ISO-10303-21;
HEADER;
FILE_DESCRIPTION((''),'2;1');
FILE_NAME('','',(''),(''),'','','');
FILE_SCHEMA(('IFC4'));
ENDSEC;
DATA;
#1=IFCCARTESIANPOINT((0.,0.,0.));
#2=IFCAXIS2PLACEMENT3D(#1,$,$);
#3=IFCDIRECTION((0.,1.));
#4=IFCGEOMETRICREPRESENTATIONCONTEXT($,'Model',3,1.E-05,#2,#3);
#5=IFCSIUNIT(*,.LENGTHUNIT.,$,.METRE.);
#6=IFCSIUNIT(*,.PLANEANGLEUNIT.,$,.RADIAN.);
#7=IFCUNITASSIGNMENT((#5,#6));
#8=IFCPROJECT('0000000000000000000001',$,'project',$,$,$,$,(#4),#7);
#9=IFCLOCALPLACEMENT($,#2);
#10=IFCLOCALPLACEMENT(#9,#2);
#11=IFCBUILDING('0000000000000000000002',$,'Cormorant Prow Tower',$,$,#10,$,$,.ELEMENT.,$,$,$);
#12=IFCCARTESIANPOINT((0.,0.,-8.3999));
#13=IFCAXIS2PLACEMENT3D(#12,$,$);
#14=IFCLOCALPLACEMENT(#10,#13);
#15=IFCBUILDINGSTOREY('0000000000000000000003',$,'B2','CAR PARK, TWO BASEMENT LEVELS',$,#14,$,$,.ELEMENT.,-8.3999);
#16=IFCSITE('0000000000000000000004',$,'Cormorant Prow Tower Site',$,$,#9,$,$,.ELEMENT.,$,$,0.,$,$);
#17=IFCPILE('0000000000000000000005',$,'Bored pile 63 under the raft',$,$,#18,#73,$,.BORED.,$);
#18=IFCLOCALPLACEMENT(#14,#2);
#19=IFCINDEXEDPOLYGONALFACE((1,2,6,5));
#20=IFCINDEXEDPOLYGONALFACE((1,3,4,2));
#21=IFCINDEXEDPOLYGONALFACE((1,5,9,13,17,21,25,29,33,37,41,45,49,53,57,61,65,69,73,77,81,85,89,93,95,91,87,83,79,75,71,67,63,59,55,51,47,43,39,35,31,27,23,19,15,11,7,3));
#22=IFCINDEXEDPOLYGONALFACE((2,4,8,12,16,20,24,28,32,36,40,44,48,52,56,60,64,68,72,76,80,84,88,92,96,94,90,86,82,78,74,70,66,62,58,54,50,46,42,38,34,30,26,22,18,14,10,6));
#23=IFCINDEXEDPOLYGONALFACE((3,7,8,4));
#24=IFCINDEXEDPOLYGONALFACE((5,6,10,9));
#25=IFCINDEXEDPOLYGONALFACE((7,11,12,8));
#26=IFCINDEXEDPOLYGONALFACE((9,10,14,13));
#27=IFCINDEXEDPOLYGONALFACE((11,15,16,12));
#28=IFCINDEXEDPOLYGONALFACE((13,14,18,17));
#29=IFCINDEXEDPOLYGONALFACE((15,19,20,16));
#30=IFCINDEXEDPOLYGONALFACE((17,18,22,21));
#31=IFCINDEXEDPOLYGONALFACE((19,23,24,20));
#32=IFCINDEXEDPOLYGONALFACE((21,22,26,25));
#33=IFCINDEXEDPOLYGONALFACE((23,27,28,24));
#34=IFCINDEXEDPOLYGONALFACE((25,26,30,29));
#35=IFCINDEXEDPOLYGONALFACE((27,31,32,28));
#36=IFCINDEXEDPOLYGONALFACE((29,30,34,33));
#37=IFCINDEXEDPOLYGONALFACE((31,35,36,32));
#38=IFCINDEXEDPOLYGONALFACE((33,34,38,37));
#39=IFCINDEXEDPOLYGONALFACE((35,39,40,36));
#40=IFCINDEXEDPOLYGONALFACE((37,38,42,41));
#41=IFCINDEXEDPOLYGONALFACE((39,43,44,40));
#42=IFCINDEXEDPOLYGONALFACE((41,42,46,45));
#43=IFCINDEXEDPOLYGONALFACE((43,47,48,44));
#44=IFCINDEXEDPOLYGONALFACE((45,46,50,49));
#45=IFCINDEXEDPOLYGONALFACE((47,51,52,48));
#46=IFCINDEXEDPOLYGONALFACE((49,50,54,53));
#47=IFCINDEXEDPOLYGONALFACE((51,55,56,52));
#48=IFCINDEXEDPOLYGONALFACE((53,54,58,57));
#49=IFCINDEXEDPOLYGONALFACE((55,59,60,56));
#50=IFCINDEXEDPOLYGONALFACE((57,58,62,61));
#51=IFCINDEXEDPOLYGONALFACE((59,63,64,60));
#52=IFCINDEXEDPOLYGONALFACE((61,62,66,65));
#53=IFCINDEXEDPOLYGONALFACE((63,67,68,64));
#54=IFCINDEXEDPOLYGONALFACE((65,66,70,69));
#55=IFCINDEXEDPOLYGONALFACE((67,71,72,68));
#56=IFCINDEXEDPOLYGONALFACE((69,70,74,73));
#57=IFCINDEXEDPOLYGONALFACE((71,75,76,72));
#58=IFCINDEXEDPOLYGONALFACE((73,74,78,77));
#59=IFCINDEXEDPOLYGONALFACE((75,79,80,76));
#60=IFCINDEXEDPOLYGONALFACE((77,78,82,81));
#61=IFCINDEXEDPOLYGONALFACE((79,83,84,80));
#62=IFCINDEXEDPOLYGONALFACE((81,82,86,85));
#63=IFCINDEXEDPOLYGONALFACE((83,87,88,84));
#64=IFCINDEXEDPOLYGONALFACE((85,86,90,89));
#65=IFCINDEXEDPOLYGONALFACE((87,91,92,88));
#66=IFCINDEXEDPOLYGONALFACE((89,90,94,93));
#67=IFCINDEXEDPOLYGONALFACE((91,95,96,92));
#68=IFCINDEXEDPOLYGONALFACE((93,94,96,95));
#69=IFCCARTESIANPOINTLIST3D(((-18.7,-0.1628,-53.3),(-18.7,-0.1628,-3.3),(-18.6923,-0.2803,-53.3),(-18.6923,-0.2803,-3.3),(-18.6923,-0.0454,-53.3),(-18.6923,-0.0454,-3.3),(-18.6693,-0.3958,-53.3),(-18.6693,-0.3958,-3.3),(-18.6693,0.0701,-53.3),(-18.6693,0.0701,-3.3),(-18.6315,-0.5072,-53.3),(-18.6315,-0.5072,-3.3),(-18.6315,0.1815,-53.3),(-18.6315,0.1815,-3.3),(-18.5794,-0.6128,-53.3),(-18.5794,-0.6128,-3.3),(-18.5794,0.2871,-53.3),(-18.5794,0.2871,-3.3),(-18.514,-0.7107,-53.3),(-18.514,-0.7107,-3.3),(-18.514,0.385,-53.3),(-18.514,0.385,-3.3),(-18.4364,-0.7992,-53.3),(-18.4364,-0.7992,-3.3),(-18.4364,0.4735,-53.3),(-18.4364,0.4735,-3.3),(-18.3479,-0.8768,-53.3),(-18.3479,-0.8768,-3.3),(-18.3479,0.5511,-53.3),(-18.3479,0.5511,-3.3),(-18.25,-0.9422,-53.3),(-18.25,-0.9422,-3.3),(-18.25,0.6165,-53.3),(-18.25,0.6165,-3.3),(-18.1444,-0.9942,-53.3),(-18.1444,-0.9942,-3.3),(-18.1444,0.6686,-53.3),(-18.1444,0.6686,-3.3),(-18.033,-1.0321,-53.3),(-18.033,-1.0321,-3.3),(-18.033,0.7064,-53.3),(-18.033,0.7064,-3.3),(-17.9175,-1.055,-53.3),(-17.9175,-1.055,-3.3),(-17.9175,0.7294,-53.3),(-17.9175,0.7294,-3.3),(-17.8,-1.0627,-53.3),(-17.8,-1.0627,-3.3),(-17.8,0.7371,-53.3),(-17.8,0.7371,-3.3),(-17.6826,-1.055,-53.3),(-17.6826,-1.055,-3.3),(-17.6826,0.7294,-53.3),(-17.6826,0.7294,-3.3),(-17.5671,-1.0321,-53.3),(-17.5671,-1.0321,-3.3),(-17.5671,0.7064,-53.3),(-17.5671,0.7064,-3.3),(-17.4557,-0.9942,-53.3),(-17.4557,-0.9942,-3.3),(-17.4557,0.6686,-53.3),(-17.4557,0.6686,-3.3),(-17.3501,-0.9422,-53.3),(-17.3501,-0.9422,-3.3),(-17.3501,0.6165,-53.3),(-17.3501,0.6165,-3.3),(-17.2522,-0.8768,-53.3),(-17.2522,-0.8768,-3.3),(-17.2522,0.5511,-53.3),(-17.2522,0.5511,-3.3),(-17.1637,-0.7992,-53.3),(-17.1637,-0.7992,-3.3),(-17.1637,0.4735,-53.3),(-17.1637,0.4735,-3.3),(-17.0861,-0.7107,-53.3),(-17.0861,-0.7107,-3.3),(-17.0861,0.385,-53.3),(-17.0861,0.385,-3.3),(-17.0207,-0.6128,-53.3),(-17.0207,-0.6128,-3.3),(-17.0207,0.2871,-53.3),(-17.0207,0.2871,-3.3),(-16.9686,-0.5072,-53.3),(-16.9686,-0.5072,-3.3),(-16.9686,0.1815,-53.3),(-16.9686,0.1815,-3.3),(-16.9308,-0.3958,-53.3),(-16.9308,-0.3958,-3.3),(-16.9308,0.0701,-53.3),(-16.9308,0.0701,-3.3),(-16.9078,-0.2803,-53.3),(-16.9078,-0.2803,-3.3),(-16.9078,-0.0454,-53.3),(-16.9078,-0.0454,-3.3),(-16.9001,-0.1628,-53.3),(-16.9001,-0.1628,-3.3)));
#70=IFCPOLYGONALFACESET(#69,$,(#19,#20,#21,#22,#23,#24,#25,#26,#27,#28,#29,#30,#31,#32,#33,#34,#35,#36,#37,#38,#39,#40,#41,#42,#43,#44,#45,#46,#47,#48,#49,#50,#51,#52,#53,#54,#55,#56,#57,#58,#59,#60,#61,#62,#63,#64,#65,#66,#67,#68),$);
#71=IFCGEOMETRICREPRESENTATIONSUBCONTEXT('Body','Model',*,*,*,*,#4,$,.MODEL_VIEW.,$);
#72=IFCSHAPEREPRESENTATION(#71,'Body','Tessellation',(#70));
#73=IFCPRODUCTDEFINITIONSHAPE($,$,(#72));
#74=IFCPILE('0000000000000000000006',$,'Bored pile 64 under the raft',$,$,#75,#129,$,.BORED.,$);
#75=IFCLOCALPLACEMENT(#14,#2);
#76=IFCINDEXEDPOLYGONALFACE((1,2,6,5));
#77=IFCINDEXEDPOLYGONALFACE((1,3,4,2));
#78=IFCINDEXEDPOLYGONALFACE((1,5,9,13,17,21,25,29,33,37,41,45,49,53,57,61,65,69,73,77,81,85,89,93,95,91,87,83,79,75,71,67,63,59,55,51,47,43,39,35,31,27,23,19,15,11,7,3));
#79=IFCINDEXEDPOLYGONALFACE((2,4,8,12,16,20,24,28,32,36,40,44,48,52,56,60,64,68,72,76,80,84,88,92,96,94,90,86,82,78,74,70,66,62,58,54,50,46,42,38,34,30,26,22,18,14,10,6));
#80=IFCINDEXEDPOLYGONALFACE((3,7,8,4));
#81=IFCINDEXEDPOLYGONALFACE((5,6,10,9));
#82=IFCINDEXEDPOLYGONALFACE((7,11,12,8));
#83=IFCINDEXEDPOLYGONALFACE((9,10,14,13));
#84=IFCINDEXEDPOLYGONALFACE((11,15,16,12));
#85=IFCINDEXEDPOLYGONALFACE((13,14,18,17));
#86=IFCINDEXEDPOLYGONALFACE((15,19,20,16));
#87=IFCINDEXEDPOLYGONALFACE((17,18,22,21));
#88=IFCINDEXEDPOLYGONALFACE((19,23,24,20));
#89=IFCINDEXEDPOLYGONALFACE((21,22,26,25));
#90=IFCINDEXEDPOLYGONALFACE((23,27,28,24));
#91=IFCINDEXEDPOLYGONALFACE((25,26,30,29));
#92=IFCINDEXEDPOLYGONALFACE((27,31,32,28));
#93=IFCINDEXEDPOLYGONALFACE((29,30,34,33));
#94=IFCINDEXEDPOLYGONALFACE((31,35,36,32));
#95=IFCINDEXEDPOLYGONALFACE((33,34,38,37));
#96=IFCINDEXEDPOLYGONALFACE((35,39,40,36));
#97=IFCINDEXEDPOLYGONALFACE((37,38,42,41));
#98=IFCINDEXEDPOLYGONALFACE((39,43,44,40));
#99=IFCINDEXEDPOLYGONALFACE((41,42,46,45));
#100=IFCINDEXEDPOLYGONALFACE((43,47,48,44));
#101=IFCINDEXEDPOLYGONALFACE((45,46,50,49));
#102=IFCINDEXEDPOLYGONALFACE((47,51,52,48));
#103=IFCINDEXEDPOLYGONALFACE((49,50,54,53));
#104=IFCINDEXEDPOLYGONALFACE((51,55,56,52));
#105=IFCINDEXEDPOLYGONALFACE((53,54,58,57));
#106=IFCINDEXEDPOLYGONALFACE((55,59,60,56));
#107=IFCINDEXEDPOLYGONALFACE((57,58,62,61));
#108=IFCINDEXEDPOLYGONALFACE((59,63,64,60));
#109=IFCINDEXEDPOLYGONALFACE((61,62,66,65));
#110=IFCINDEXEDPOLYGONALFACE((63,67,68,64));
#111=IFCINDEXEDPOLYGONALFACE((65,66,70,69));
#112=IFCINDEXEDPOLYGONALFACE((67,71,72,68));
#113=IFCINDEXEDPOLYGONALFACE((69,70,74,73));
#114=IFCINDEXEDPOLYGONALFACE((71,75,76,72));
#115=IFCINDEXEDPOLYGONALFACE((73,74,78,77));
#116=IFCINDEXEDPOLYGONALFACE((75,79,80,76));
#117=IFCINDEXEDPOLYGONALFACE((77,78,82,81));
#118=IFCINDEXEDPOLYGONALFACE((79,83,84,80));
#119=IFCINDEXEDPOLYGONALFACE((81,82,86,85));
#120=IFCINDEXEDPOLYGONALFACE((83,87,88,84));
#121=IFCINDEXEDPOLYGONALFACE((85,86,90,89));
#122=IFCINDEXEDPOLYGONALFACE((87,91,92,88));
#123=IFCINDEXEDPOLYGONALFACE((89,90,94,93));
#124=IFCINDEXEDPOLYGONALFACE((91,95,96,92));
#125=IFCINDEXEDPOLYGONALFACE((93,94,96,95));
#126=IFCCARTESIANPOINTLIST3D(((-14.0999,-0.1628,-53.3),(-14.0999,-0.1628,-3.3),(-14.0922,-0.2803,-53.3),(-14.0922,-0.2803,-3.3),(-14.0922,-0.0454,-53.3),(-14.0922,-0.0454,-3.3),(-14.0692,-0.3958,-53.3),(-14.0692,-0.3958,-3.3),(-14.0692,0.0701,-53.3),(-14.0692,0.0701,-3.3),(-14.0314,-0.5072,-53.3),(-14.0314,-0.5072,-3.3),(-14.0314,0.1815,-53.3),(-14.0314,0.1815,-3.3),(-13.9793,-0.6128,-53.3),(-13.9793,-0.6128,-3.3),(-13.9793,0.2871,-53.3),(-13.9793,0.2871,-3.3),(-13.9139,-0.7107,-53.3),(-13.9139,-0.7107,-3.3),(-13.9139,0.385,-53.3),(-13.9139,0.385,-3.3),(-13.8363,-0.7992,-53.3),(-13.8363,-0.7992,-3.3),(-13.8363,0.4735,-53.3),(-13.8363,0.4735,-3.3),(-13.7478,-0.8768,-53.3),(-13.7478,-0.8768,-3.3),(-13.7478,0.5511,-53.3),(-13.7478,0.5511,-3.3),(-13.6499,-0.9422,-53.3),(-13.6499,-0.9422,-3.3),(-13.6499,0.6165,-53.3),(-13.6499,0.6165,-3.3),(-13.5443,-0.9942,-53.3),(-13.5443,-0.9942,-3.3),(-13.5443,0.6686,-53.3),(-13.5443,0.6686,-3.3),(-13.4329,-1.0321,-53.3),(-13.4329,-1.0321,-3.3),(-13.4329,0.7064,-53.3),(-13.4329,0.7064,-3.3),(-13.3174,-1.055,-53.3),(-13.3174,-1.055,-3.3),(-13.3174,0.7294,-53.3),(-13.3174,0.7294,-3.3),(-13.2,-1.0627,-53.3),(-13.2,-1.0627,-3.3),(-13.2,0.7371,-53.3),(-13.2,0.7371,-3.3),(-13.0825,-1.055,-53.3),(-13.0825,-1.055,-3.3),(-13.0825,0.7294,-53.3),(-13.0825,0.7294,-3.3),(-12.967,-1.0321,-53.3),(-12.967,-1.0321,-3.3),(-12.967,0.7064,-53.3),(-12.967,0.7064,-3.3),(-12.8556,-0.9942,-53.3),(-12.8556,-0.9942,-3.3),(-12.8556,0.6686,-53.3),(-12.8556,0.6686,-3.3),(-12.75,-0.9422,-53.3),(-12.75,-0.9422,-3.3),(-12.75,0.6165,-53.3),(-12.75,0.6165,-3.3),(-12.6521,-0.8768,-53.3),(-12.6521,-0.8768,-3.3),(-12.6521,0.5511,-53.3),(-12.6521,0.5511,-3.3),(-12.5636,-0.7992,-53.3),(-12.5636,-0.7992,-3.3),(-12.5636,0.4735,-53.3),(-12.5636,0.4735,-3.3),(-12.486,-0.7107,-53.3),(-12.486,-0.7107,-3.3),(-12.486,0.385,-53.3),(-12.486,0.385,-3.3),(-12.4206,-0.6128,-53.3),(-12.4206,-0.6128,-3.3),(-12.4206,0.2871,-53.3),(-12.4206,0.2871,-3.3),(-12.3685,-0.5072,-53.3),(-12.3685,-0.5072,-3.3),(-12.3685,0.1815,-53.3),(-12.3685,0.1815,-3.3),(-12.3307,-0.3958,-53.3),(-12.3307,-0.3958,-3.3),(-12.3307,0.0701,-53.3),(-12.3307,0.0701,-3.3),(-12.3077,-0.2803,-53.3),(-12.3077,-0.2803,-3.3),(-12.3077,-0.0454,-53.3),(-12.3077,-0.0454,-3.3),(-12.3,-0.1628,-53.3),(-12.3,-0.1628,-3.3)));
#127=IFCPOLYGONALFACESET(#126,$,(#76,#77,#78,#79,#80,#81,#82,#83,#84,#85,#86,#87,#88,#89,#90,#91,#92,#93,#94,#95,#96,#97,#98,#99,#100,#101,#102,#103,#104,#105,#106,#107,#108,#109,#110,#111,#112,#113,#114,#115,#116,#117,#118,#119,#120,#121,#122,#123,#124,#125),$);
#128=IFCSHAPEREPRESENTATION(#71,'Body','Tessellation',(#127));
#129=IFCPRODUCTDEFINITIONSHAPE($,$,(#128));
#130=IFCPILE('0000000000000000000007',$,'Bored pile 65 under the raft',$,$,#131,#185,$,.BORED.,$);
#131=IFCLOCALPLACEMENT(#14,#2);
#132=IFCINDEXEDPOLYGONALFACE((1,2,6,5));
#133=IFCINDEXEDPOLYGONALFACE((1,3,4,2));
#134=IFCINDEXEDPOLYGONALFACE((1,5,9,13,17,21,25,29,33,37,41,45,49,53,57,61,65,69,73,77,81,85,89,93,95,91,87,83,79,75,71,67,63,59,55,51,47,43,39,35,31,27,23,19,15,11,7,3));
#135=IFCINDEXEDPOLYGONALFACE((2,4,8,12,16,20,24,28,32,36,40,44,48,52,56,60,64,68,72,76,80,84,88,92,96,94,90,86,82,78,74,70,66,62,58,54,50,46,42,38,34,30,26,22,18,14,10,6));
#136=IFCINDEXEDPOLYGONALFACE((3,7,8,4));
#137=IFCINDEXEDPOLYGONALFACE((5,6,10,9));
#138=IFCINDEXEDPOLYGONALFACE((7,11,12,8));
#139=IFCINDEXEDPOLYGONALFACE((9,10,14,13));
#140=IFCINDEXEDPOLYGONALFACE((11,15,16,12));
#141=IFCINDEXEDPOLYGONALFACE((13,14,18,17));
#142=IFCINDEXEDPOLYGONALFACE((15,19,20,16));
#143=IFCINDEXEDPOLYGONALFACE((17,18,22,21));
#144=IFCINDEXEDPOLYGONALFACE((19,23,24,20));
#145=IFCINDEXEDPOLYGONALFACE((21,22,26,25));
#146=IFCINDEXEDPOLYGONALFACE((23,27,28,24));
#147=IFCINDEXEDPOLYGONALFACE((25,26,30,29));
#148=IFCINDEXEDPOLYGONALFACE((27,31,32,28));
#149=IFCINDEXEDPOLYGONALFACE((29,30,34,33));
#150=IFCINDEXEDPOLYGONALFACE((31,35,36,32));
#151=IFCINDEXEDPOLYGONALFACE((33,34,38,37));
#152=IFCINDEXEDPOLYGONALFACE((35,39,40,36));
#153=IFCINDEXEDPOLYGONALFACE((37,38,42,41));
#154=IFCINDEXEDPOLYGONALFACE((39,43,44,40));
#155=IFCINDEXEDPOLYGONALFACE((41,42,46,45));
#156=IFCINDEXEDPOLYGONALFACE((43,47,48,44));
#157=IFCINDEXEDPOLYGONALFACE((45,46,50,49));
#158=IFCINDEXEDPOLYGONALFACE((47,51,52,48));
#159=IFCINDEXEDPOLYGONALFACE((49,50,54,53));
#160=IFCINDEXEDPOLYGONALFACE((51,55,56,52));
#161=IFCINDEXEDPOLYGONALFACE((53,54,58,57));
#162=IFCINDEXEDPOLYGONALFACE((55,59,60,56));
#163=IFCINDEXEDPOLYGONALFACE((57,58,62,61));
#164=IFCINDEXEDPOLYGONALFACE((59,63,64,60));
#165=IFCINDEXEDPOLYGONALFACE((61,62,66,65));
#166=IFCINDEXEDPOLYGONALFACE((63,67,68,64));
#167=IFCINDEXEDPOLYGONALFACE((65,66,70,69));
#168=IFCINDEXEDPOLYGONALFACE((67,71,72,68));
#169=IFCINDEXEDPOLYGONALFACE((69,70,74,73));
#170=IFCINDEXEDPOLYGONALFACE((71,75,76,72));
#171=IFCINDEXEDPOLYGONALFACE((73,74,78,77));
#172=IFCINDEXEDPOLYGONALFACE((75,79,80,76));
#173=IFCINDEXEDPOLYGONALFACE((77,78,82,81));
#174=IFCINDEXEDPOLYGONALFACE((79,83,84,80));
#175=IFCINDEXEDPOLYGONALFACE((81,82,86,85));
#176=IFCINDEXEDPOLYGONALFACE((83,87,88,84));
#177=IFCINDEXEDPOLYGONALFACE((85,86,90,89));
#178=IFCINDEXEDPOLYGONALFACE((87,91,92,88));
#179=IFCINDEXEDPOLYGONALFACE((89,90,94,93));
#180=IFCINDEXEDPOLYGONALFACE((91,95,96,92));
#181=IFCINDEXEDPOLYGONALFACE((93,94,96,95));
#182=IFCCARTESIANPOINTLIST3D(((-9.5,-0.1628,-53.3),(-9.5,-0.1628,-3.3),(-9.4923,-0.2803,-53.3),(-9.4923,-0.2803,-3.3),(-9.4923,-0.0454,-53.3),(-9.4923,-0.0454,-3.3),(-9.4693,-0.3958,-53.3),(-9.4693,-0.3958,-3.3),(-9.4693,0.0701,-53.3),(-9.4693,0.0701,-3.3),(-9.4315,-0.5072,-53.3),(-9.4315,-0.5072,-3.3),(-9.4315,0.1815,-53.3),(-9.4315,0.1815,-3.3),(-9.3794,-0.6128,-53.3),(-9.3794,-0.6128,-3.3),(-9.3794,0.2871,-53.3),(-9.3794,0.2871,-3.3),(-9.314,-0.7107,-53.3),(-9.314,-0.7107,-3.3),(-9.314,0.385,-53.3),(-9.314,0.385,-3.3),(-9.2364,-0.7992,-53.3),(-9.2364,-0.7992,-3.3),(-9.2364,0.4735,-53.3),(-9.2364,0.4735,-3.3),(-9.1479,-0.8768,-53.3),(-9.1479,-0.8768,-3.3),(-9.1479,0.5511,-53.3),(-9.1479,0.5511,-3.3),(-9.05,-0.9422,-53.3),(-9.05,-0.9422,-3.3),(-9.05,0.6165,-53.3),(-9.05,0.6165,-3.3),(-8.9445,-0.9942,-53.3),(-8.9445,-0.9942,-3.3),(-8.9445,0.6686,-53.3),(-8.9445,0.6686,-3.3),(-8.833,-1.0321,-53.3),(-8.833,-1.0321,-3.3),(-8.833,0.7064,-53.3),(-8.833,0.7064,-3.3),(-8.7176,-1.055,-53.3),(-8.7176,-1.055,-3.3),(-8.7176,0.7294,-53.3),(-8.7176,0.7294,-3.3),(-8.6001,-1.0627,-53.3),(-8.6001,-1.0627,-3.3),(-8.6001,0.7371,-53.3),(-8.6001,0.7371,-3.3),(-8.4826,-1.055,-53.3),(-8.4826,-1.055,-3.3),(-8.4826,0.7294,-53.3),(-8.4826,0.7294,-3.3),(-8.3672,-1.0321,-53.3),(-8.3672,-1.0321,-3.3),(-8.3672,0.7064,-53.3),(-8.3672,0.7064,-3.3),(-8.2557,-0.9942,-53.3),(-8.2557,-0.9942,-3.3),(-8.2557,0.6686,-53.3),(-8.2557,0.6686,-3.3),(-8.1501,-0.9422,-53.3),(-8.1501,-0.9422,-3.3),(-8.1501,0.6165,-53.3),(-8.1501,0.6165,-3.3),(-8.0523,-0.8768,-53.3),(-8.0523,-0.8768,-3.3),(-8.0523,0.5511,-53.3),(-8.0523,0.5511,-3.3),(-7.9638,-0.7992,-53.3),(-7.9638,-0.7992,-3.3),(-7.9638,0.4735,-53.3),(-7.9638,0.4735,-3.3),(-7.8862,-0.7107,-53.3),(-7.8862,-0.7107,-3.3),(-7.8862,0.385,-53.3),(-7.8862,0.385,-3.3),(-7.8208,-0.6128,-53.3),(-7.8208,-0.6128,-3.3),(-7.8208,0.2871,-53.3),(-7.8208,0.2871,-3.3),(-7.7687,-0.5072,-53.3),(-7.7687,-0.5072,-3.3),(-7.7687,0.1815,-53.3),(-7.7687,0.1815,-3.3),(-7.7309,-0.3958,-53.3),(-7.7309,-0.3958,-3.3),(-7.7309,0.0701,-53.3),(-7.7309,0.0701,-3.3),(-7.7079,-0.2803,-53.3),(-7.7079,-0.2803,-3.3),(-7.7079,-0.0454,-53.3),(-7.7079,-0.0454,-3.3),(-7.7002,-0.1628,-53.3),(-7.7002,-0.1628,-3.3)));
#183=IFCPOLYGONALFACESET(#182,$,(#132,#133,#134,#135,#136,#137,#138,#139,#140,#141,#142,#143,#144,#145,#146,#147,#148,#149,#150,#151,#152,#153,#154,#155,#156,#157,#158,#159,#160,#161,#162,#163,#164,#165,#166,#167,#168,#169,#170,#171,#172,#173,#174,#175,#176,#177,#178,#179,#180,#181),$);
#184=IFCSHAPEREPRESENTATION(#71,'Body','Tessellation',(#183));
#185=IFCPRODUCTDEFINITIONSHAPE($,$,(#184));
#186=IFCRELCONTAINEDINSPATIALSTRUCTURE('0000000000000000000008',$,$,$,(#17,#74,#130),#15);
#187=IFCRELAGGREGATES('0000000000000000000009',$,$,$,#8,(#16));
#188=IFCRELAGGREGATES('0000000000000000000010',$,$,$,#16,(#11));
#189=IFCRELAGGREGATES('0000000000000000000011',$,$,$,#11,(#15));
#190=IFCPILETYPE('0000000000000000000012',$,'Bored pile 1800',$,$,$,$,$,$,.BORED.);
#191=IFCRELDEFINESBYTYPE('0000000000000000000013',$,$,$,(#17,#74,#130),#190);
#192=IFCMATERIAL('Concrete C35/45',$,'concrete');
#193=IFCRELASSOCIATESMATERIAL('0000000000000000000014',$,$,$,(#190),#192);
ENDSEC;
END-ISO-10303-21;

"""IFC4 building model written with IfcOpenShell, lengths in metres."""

from ifc_helpers import new_model, si_unit, direction, frame, origin, origin_2d, place, context, subcontext, project, spatial, circle, extrude, material, material_profile, profile_set, type_object, element, save


model = new_model("IFC4")

# Units and contexts
model_context = context("Model", 3, precision=1e-05, world=origin(), true_north=direction((0.0, 1.0)))
body_context = subcontext(model_context, "Body", "Model", "MODEL_VIEW")
ifc_project = project(units=[si_unit("LENGTHUNIT", "METRE"), si_unit("PLANEANGLEUNIT", "RADIAN")], contexts=[model_context])

# Site, building, storey
site_placement = place(None, origin())
site = spatial("IfcSite", under=ifc_project, at=site_placement, Name="Cormorant Prow Tower Site", CompositionType="ELEMENT", RefElevation=0.0)
building_placement = place(site_placement, origin())
building = spatial("IfcBuilding", under=site, at=building_placement, Name="Cormorant Prow Tower", CompositionType="ELEMENT")
storey_placement = place(building_placement, frame((0.0, 0.0, -8.3999)))
storey = spatial("IfcBuildingStorey", under=building, at=storey_placement, Name="B2", Description="CAR PARK, TWO BASEMENT LEVELS", CompositionType="ELEMENT", Elevation=-8.3999)

# Piles
ifc_material_1 = material(Name="Concrete C35/45", Category="concrete")
ifc_material_profile_1 = material_profile(ifc_material_1, circle(Radius=0.8999, at=origin_2d()), Name="Round 1800")
ifc_profile_set_1 = profile_set([ifc_material_profile_1], Name="Concrete C35/45")
pile_type_1 = type_object("IfcPileType", Name="Bored pile 1800", PredefinedType="BORED", material=ifc_profile_set_1)
for number, where, z_axis, x_axis, name in (
    (1, (-17.8, -0.1628, -3.3), (0.0, 0.0, -1.0), (1.0, 0.0, 0.0), "Bored pile 63 under the raft"),
    (2, (-13.2, -0.1628, -3.3), (0.0, 0.0, -1.0), (1.0, 0.0, 0.0), "Bored pile 64 under the raft"),
    (3, (-8.6001, -0.1628, -3.3), (0.0, 0.0, -1.0), (1.0, 0.0, 0.0), "Bored pile 65 under the raft"),
):
    element("IfcPile", number, at=place(storey_placement, frame(where, z_axis=z_axis, x_axis=x_axis)), inside=storey, type_object=pile_type_1, Name=name, PredefinedType="BORED", context=body_context, shape_type="SweptSolid", body=[
        extrude(circle(Radius=0.8999, at=origin_2d()), origin(), (0.0, 0.0, 1.0), 50.0),
    ])

save(model, "model.ifc")
